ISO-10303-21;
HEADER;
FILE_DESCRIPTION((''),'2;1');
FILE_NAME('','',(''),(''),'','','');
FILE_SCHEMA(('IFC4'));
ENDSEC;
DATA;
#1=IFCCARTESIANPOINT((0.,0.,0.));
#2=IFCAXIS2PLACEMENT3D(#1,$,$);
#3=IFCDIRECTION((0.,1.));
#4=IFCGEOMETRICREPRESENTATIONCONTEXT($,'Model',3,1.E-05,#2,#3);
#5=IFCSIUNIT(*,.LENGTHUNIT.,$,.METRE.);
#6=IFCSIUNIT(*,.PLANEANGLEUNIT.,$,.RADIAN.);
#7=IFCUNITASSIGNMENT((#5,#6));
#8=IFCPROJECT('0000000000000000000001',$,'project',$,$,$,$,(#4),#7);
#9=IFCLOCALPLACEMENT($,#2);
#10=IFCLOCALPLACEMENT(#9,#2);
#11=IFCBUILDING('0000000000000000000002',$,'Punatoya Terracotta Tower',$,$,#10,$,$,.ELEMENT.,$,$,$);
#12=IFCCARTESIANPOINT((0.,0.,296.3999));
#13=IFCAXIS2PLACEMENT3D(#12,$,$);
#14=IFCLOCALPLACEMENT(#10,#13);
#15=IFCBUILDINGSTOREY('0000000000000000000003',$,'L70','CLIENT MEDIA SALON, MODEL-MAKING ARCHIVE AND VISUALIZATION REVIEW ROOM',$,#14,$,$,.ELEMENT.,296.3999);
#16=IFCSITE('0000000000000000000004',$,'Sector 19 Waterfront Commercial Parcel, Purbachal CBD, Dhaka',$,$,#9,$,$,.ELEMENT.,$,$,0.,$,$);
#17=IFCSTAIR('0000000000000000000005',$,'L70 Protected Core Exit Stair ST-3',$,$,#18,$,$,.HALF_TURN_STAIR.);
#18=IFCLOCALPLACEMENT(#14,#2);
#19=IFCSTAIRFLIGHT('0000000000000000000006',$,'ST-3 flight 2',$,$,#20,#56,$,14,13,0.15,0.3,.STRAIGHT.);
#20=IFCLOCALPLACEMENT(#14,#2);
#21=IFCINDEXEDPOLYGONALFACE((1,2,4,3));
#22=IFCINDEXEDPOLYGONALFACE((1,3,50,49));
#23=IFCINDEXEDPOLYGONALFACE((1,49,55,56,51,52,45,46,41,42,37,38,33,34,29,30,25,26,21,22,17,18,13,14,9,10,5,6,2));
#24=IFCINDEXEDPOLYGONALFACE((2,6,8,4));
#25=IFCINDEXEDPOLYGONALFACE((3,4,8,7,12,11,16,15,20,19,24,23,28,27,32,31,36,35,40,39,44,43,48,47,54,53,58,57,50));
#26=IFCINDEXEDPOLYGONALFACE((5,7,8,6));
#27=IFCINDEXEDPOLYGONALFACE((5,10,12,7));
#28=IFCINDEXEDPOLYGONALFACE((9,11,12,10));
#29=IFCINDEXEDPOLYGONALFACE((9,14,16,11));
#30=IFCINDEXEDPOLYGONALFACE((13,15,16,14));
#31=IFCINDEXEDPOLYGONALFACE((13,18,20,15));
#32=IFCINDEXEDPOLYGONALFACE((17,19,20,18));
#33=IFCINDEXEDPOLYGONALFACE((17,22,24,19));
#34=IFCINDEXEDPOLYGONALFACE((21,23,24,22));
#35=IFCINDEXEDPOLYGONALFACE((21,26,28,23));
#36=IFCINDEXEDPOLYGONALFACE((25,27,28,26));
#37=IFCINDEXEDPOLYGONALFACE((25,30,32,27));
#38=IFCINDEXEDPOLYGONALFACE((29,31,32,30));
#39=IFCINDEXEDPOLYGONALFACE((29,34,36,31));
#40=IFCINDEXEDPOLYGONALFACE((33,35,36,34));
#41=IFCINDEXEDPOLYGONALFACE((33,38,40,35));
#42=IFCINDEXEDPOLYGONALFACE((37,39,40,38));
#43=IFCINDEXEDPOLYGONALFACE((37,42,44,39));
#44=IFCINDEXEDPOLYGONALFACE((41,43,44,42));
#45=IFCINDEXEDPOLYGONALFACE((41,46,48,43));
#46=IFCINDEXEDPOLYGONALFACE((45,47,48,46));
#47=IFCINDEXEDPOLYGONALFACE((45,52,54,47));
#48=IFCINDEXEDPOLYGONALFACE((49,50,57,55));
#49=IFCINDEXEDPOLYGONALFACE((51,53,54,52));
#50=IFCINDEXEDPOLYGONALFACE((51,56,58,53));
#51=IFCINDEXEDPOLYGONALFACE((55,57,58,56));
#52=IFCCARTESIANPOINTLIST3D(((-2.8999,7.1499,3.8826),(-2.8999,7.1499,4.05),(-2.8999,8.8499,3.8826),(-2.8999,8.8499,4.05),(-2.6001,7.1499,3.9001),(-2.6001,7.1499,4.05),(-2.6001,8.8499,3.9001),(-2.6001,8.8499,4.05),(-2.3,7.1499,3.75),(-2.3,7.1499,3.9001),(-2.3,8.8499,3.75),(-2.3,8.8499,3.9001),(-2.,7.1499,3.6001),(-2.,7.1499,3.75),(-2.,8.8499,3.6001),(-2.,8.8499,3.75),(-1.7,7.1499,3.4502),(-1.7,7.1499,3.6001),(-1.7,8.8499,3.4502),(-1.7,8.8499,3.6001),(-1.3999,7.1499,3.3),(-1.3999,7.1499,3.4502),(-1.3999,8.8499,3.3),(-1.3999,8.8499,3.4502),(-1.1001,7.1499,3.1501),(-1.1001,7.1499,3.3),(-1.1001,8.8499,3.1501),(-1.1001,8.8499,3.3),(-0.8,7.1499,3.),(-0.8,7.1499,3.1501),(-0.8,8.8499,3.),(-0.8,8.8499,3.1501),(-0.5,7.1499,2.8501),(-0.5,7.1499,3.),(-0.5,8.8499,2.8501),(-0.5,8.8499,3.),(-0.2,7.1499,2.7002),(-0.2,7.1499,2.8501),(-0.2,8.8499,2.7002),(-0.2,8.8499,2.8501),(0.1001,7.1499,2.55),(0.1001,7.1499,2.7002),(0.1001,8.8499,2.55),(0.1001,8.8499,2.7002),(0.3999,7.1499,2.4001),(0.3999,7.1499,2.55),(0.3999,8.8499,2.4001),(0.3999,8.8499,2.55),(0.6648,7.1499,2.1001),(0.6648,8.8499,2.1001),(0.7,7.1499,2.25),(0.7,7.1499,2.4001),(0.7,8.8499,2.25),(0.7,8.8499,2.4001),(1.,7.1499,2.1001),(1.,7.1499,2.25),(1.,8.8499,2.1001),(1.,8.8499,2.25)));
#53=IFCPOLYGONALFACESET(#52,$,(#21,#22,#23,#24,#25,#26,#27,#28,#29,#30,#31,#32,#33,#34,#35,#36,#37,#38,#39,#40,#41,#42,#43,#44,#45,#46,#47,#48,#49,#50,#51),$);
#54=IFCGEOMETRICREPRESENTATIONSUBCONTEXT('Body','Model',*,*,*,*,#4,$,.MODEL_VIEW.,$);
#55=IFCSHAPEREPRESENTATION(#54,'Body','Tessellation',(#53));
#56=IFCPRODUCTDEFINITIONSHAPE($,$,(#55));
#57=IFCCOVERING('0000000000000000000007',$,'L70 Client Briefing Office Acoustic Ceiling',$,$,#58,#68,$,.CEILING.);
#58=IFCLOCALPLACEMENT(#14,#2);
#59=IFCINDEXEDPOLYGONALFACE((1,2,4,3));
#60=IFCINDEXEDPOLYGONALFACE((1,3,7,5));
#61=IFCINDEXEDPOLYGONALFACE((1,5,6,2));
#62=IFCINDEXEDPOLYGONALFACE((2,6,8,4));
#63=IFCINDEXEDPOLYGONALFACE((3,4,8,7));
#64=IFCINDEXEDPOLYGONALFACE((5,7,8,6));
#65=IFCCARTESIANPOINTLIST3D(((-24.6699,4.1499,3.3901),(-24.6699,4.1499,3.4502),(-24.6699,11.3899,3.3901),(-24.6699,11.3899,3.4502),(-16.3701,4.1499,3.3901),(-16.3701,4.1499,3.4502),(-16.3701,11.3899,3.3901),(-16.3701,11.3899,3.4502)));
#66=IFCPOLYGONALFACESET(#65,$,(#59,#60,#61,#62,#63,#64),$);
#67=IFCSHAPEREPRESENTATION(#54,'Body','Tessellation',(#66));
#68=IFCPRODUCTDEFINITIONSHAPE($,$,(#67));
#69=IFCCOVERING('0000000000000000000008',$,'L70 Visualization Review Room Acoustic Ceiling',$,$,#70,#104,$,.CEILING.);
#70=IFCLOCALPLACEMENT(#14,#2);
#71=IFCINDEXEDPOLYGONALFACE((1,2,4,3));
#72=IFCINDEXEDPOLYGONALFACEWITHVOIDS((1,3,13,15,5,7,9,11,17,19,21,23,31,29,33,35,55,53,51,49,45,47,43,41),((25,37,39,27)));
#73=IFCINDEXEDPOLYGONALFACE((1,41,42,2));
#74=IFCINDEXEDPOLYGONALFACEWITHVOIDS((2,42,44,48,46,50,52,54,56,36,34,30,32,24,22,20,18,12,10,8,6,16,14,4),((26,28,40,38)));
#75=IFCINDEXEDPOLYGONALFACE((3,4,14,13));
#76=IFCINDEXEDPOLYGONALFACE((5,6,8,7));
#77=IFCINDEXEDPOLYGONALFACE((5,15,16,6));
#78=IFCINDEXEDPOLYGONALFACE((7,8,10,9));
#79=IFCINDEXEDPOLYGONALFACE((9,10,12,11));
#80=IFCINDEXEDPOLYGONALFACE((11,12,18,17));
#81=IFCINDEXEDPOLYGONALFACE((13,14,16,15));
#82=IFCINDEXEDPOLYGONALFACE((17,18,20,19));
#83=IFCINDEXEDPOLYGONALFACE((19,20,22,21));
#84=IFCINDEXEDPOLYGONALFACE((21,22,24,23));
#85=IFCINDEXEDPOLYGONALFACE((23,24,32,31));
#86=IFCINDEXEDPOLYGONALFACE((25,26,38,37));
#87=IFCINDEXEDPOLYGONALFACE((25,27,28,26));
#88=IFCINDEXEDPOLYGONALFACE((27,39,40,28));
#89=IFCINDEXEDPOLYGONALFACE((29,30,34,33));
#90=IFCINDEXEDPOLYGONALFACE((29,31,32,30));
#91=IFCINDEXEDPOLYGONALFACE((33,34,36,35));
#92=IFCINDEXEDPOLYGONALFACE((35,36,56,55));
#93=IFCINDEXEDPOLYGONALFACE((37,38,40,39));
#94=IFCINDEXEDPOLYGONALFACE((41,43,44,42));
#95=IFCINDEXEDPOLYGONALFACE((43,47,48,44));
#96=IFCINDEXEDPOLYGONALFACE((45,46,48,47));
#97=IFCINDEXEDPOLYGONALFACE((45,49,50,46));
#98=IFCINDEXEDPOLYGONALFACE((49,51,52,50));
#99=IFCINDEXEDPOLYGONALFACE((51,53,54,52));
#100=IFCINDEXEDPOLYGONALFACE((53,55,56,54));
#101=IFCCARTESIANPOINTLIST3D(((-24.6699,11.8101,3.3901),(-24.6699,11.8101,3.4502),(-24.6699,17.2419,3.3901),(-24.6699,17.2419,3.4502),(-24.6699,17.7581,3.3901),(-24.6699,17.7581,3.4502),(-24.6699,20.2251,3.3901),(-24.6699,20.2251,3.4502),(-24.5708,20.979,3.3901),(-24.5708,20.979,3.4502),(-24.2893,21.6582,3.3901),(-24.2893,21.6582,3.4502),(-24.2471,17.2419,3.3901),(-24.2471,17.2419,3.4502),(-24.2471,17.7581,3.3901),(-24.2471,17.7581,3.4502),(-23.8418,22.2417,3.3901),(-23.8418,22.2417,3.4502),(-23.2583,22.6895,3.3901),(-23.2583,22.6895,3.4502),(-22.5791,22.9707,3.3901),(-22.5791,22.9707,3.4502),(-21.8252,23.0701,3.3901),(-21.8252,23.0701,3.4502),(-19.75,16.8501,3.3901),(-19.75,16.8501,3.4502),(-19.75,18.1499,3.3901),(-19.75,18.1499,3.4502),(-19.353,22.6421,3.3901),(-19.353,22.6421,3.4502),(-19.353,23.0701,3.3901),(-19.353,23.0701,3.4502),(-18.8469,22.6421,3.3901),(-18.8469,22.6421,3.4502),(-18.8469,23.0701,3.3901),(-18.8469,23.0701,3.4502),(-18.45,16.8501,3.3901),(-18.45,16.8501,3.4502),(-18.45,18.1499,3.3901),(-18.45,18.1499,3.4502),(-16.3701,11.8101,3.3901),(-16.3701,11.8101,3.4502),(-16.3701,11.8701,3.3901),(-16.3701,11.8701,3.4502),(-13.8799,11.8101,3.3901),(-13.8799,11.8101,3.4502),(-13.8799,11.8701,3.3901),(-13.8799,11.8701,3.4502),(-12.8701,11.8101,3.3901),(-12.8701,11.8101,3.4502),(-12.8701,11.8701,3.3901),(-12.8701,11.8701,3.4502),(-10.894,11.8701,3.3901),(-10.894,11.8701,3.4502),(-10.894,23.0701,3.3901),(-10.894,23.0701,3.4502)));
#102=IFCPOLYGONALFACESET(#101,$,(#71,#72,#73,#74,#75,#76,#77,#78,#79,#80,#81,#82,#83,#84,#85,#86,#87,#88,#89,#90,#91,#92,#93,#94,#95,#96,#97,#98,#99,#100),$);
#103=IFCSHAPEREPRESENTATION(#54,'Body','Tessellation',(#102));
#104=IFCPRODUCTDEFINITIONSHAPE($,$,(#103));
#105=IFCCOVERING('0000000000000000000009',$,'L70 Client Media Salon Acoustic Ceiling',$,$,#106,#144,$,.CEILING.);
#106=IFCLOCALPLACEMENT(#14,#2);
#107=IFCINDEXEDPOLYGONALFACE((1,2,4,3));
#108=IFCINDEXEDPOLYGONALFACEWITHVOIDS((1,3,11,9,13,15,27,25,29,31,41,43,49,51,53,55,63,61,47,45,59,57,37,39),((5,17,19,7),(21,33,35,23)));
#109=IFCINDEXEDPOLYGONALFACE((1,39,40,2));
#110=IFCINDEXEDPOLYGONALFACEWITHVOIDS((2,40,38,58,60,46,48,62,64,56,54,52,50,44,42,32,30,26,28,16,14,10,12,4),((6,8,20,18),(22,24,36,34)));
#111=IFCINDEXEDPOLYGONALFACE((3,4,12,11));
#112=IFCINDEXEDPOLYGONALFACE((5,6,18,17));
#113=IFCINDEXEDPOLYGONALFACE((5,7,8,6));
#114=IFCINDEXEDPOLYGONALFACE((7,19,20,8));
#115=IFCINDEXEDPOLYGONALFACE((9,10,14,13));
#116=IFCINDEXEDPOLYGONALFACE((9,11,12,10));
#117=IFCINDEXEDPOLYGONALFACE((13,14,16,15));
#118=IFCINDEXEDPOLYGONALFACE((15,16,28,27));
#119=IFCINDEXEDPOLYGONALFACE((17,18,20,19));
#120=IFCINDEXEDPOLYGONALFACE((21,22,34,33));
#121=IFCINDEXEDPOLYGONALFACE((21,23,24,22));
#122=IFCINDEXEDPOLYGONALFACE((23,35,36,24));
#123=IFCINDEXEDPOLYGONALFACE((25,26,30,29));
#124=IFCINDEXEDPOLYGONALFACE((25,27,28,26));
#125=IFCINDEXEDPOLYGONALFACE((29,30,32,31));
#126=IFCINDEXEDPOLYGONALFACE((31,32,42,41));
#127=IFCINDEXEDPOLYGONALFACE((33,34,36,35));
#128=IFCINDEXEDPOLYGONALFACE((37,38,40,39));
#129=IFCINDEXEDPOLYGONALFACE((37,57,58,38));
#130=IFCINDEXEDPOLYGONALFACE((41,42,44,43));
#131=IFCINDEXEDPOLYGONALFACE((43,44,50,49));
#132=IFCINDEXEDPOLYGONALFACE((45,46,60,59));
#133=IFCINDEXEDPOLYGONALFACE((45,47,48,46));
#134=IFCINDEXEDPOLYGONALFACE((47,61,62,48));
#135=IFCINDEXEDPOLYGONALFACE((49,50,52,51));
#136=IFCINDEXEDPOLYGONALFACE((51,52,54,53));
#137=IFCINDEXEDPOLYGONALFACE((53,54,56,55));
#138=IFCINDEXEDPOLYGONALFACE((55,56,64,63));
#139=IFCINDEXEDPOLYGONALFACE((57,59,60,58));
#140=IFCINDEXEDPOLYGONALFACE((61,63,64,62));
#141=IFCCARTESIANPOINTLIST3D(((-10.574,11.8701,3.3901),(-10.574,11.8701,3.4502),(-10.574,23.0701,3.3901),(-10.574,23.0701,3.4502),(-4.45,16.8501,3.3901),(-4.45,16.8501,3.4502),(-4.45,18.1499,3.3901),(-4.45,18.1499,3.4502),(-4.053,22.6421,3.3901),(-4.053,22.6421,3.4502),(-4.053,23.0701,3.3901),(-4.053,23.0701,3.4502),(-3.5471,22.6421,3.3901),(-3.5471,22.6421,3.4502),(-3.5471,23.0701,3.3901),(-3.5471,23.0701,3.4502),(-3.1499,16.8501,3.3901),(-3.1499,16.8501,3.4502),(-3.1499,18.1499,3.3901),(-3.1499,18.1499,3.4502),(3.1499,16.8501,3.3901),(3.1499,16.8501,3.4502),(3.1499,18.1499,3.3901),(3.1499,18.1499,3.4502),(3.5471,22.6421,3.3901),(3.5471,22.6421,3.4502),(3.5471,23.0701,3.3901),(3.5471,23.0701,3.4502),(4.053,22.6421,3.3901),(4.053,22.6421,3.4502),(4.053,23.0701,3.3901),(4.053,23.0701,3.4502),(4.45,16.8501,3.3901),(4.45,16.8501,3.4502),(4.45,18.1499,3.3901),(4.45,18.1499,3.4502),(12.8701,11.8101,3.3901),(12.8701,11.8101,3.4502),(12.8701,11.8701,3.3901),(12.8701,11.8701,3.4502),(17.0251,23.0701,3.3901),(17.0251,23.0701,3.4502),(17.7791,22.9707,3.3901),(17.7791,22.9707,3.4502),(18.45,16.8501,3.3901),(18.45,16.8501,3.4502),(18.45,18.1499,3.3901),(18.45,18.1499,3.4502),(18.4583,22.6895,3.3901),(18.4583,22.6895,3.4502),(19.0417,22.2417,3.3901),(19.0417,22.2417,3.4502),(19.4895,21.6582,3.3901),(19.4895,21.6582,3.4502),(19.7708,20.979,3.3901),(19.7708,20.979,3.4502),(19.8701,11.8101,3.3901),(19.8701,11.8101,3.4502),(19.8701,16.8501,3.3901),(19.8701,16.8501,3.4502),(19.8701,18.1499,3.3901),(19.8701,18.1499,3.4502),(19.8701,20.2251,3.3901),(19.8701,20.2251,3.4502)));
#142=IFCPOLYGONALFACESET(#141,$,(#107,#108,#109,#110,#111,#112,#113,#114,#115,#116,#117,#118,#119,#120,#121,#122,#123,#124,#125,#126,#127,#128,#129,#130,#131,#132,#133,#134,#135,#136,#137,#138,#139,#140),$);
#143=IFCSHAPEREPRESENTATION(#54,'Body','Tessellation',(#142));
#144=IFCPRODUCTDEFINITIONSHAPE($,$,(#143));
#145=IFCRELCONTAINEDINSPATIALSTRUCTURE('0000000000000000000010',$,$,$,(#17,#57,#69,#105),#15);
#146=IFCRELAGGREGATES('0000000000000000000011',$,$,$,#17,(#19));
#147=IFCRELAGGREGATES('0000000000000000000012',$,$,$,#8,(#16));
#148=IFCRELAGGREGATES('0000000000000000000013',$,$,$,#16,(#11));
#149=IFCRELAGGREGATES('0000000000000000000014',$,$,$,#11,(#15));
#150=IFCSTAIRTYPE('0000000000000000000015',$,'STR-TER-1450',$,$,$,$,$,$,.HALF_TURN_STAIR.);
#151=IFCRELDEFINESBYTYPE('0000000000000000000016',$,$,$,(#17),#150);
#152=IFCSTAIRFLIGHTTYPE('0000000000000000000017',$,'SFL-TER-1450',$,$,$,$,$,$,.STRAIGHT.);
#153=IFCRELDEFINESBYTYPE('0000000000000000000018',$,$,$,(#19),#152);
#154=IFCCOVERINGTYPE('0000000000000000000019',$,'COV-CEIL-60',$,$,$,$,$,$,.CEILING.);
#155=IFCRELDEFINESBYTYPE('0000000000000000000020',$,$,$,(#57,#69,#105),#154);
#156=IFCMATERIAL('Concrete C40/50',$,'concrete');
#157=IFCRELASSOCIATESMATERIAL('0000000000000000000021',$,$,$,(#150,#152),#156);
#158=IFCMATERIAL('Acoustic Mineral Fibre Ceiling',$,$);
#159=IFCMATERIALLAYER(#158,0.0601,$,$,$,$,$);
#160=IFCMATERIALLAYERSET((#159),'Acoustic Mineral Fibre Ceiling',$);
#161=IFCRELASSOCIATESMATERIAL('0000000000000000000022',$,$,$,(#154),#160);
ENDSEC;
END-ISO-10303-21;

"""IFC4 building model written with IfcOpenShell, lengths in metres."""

from ifc_helpers import new_model, si_unit, direction, frame, origin, place, context, subcontext, project, spatial, polyline, outline, extrude, material, layer, layer_set, type_object, element, aggregate, save


model = new_model("IFC4")

# Units and contexts
model_context = context("Model", 3, precision=1e-05, world=origin(), true_north=direction((0.0, 1.0)))
body_context = subcontext(model_context, "Body", "Model", "MODEL_VIEW")
ifc_project = project(units=[si_unit("LENGTHUNIT", "METRE"), si_unit("PLANEANGLEUNIT", "RADIAN")], contexts=[model_context])

# Site, building, storey
site_placement = place(None, origin())
site = spatial("IfcSite", under=ifc_project, at=site_placement, Name="Sector 19 Waterfront Commercial Parcel, Purbachal CBD, Dhaka", CompositionType="ELEMENT", RefElevation=0.0)
building_placement = place(site_placement, origin())
building = spatial("IfcBuilding", under=site, at=building_placement, Name="Punatoya Terracotta Tower", CompositionType="ELEMENT")
storey_placement = place(building_placement, frame((0.0, 0.0, 296.3999)))
storey = spatial("IfcBuildingStorey", under=building, at=storey_placement, Name="L70", Description="CLIENT MEDIA SALON, MODEL-MAKING ARCHIVE AND VISUALIZATION REVIEW ROOM", CompositionType="ELEMENT", Elevation=296.3999)

# Shared definitions
ifc_material_1 = material(Name="Concrete C40/50", Category="concrete")

# Stair, stair flight
stair_type_1 = type_object("IfcStairType", Name="STR-TER-1450", PredefinedType="HALF_TURN_STAIR", material=ifc_material_1)
stair_1_placement = place(storey_placement, origin())
stair_1 = element("IfcStair", 1, at=stair_1_placement, inside=storey, type_object=stair_type_1, Name="L70 Protected Core Exit Stair ST-3", PredefinedType="HALF_TURN_STAIR")
stair_flight_type_1 = type_object("IfcStairFlightType", Name="SFL-TER-1450", PredefinedType="STRAIGHT", material=ifc_material_1)
stair_flight_1_placement = place(storey_placement, frame((1.0, 8.0, 2.1001), z_axis=(0.0, 0.0, 1.0), x_axis=(-1.0, 0.0, 0.0)))
stair_flight_1 = element("IfcStairFlight", 2, at=stair_flight_1_placement, type_object=stair_flight_type_1, Name="ST-3 flight 2", NumberOfRisers=14, NumberOfTreads=13, PredefinedType="STRAIGHT", RiserHeight=0.15, TreadLength=0.3, context=body_context, shape_type="SweptSolid", body=[
    extrude(outline(polyline([(0.0, 0.0), (0.0, 0.1499), (0.3, 0.1499), (0.3, 0.3), (0.6001, 0.3), (0.6001, 0.45), (0.8999, 0.45), (0.8999, 0.6001), (1.2, 0.6001), (1.2, 0.75), (1.5, 0.75), (1.5, 0.8999), (1.8, 0.8999), (1.8, 1.05), (2.1001, 1.05), (2.1001, 1.2), (2.3999, 1.2), (2.3999, 1.3501), (2.7, 1.3501), (2.7, 1.5), (3.0, 1.5), (3.0, 1.6499), (3.3, 1.6499), (3.3, 1.8), (3.6001, 1.8), (3.6001, 1.95), (3.8999, 1.95), (3.8999, 2.1001), (3.8999, 1.7825), (0.3352, 0.0), (0.0, 0.0)])), frame((0.0, 0.8501, 0.0), z_axis=(0.0, -1.0, 0.0), x_axis=(1.0, 0.0, 0.0)), (0.0, 0.0, 1.0), 1.7),
])
aggregate(stair_1, [stair_flight_1])

# Coverings
ifc_material_2 = material(Name="Acoustic Mineral Fibre Ceiling")
ifc_layer_1 = layer(ifc_material_2, 0.0601)
ifc_layer_set_1 = layer_set([ifc_layer_1], Name="Acoustic Mineral Fibre Ceiling")
covering_type = type_object("IfcCoveringType", Name="COV-CEIL-60", PredefinedType="CEILING", material=ifc_layer_set_1)
covering_1_placement = place(storey_placement, frame((0.0, 0.0, 3.3901)))
element("IfcCovering", 3, at=covering_1_placement, inside=storey, type_object=covering_type, Name="L70 Client Briefing Office Acoustic Ceiling", PredefinedType="CEILING", context=body_context, shape_type="SweptSolid", body=[
    extrude(outline(polyline([(-24.6699, 11.3899), (-24.6699, 4.1499), (-16.3701, 4.1499), (-16.3701, 11.3899), (-24.6699, 11.3899)])), origin(), (0.0, 0.0, 1.0), 0.0601),
])
covering_2_placement = place(storey_placement, frame((0.0, 0.0, 3.3901)))
element("IfcCovering", 4, at=covering_2_placement, inside=storey, type_object=covering_type, Name="L70 Visualization Review Room Acoustic Ceiling", PredefinedType="CEILING", context=body_context, shape_type="SweptSolid", body=[
    extrude(outline(polyline([(-23.2583, 22.6895), (-23.8418, 22.2417), (-24.2893, 21.6582), (-24.5708, 20.979), (-24.6699, 20.2251), (-24.6699, 17.7581), (-24.2471, 17.7581), (-24.2471, 17.2419), (-24.6699, 17.2419), (-24.6699, 11.8101), (-16.3701, 11.8101), (-16.3701, 11.8701), (-13.8799, 11.8701), (-13.8799, 11.8101), (-12.8701, 11.8101), (-12.8701, 11.8701), (-10.894, 11.8701), (-10.894, 23.0701), (-18.8469, 23.0701), (-18.8469, 22.6421), (-19.353, 22.6421), (-19.353, 23.0701), (-21.8252, 23.0701), (-22.5791, 22.9707), (-23.2583, 22.6895)]), holes=[polyline([(-19.75, 18.1499), (-18.45, 18.1499), (-18.45, 16.8501), (-19.75, 16.8501), (-19.75, 18.1499)])]), origin(), (0.0, 0.0, 1.0), 0.0601),
])
covering_3_placement = place(storey_placement, frame((0.0, 0.0, 3.3901)))
element("IfcCovering", 5, at=covering_3_placement, inside=storey, type_object=covering_type, Name="L70 Client Media Salon Acoustic Ceiling", PredefinedType="CEILING", context=body_context, shape_type="SweptSolid", body=[
    extrude(outline(polyline([(3.5471, 23.0701), (-3.5471, 23.0701), (-3.5471, 22.6421), (-4.053, 22.6421), (-4.053, 23.0701), (-10.574, 23.0701), (-10.574, 11.8701), (12.8701, 11.8701), (12.8701, 11.8101), (19.8701, 11.8101), (19.8701, 16.8501), (18.45, 16.8501), (18.45, 18.1499), (19.8701, 18.1499), (19.8701, 20.2251), (19.7708, 20.979), (19.4895, 21.6582), (19.0417, 22.2417), (18.4583, 22.6895), (17.7791, 22.9707), (17.0251, 23.0701), (4.053, 23.0701), (4.053, 22.6421), (3.5471, 22.6421), (3.5471, 23.0701)]), holes=[polyline([(4.45, 16.8501), (3.1499, 16.8501), (3.1499, 18.1499), (4.45, 18.1499), (4.45, 16.8501)]), polyline([(-4.45, 16.8501), (-4.45, 18.1499), (-3.1499, 18.1499), (-3.1499, 16.8501), (-4.45, 16.8501)])]), origin(), (0.0, 0.0, 1.0), 0.0601),
])

save(model, "model.ifc")
